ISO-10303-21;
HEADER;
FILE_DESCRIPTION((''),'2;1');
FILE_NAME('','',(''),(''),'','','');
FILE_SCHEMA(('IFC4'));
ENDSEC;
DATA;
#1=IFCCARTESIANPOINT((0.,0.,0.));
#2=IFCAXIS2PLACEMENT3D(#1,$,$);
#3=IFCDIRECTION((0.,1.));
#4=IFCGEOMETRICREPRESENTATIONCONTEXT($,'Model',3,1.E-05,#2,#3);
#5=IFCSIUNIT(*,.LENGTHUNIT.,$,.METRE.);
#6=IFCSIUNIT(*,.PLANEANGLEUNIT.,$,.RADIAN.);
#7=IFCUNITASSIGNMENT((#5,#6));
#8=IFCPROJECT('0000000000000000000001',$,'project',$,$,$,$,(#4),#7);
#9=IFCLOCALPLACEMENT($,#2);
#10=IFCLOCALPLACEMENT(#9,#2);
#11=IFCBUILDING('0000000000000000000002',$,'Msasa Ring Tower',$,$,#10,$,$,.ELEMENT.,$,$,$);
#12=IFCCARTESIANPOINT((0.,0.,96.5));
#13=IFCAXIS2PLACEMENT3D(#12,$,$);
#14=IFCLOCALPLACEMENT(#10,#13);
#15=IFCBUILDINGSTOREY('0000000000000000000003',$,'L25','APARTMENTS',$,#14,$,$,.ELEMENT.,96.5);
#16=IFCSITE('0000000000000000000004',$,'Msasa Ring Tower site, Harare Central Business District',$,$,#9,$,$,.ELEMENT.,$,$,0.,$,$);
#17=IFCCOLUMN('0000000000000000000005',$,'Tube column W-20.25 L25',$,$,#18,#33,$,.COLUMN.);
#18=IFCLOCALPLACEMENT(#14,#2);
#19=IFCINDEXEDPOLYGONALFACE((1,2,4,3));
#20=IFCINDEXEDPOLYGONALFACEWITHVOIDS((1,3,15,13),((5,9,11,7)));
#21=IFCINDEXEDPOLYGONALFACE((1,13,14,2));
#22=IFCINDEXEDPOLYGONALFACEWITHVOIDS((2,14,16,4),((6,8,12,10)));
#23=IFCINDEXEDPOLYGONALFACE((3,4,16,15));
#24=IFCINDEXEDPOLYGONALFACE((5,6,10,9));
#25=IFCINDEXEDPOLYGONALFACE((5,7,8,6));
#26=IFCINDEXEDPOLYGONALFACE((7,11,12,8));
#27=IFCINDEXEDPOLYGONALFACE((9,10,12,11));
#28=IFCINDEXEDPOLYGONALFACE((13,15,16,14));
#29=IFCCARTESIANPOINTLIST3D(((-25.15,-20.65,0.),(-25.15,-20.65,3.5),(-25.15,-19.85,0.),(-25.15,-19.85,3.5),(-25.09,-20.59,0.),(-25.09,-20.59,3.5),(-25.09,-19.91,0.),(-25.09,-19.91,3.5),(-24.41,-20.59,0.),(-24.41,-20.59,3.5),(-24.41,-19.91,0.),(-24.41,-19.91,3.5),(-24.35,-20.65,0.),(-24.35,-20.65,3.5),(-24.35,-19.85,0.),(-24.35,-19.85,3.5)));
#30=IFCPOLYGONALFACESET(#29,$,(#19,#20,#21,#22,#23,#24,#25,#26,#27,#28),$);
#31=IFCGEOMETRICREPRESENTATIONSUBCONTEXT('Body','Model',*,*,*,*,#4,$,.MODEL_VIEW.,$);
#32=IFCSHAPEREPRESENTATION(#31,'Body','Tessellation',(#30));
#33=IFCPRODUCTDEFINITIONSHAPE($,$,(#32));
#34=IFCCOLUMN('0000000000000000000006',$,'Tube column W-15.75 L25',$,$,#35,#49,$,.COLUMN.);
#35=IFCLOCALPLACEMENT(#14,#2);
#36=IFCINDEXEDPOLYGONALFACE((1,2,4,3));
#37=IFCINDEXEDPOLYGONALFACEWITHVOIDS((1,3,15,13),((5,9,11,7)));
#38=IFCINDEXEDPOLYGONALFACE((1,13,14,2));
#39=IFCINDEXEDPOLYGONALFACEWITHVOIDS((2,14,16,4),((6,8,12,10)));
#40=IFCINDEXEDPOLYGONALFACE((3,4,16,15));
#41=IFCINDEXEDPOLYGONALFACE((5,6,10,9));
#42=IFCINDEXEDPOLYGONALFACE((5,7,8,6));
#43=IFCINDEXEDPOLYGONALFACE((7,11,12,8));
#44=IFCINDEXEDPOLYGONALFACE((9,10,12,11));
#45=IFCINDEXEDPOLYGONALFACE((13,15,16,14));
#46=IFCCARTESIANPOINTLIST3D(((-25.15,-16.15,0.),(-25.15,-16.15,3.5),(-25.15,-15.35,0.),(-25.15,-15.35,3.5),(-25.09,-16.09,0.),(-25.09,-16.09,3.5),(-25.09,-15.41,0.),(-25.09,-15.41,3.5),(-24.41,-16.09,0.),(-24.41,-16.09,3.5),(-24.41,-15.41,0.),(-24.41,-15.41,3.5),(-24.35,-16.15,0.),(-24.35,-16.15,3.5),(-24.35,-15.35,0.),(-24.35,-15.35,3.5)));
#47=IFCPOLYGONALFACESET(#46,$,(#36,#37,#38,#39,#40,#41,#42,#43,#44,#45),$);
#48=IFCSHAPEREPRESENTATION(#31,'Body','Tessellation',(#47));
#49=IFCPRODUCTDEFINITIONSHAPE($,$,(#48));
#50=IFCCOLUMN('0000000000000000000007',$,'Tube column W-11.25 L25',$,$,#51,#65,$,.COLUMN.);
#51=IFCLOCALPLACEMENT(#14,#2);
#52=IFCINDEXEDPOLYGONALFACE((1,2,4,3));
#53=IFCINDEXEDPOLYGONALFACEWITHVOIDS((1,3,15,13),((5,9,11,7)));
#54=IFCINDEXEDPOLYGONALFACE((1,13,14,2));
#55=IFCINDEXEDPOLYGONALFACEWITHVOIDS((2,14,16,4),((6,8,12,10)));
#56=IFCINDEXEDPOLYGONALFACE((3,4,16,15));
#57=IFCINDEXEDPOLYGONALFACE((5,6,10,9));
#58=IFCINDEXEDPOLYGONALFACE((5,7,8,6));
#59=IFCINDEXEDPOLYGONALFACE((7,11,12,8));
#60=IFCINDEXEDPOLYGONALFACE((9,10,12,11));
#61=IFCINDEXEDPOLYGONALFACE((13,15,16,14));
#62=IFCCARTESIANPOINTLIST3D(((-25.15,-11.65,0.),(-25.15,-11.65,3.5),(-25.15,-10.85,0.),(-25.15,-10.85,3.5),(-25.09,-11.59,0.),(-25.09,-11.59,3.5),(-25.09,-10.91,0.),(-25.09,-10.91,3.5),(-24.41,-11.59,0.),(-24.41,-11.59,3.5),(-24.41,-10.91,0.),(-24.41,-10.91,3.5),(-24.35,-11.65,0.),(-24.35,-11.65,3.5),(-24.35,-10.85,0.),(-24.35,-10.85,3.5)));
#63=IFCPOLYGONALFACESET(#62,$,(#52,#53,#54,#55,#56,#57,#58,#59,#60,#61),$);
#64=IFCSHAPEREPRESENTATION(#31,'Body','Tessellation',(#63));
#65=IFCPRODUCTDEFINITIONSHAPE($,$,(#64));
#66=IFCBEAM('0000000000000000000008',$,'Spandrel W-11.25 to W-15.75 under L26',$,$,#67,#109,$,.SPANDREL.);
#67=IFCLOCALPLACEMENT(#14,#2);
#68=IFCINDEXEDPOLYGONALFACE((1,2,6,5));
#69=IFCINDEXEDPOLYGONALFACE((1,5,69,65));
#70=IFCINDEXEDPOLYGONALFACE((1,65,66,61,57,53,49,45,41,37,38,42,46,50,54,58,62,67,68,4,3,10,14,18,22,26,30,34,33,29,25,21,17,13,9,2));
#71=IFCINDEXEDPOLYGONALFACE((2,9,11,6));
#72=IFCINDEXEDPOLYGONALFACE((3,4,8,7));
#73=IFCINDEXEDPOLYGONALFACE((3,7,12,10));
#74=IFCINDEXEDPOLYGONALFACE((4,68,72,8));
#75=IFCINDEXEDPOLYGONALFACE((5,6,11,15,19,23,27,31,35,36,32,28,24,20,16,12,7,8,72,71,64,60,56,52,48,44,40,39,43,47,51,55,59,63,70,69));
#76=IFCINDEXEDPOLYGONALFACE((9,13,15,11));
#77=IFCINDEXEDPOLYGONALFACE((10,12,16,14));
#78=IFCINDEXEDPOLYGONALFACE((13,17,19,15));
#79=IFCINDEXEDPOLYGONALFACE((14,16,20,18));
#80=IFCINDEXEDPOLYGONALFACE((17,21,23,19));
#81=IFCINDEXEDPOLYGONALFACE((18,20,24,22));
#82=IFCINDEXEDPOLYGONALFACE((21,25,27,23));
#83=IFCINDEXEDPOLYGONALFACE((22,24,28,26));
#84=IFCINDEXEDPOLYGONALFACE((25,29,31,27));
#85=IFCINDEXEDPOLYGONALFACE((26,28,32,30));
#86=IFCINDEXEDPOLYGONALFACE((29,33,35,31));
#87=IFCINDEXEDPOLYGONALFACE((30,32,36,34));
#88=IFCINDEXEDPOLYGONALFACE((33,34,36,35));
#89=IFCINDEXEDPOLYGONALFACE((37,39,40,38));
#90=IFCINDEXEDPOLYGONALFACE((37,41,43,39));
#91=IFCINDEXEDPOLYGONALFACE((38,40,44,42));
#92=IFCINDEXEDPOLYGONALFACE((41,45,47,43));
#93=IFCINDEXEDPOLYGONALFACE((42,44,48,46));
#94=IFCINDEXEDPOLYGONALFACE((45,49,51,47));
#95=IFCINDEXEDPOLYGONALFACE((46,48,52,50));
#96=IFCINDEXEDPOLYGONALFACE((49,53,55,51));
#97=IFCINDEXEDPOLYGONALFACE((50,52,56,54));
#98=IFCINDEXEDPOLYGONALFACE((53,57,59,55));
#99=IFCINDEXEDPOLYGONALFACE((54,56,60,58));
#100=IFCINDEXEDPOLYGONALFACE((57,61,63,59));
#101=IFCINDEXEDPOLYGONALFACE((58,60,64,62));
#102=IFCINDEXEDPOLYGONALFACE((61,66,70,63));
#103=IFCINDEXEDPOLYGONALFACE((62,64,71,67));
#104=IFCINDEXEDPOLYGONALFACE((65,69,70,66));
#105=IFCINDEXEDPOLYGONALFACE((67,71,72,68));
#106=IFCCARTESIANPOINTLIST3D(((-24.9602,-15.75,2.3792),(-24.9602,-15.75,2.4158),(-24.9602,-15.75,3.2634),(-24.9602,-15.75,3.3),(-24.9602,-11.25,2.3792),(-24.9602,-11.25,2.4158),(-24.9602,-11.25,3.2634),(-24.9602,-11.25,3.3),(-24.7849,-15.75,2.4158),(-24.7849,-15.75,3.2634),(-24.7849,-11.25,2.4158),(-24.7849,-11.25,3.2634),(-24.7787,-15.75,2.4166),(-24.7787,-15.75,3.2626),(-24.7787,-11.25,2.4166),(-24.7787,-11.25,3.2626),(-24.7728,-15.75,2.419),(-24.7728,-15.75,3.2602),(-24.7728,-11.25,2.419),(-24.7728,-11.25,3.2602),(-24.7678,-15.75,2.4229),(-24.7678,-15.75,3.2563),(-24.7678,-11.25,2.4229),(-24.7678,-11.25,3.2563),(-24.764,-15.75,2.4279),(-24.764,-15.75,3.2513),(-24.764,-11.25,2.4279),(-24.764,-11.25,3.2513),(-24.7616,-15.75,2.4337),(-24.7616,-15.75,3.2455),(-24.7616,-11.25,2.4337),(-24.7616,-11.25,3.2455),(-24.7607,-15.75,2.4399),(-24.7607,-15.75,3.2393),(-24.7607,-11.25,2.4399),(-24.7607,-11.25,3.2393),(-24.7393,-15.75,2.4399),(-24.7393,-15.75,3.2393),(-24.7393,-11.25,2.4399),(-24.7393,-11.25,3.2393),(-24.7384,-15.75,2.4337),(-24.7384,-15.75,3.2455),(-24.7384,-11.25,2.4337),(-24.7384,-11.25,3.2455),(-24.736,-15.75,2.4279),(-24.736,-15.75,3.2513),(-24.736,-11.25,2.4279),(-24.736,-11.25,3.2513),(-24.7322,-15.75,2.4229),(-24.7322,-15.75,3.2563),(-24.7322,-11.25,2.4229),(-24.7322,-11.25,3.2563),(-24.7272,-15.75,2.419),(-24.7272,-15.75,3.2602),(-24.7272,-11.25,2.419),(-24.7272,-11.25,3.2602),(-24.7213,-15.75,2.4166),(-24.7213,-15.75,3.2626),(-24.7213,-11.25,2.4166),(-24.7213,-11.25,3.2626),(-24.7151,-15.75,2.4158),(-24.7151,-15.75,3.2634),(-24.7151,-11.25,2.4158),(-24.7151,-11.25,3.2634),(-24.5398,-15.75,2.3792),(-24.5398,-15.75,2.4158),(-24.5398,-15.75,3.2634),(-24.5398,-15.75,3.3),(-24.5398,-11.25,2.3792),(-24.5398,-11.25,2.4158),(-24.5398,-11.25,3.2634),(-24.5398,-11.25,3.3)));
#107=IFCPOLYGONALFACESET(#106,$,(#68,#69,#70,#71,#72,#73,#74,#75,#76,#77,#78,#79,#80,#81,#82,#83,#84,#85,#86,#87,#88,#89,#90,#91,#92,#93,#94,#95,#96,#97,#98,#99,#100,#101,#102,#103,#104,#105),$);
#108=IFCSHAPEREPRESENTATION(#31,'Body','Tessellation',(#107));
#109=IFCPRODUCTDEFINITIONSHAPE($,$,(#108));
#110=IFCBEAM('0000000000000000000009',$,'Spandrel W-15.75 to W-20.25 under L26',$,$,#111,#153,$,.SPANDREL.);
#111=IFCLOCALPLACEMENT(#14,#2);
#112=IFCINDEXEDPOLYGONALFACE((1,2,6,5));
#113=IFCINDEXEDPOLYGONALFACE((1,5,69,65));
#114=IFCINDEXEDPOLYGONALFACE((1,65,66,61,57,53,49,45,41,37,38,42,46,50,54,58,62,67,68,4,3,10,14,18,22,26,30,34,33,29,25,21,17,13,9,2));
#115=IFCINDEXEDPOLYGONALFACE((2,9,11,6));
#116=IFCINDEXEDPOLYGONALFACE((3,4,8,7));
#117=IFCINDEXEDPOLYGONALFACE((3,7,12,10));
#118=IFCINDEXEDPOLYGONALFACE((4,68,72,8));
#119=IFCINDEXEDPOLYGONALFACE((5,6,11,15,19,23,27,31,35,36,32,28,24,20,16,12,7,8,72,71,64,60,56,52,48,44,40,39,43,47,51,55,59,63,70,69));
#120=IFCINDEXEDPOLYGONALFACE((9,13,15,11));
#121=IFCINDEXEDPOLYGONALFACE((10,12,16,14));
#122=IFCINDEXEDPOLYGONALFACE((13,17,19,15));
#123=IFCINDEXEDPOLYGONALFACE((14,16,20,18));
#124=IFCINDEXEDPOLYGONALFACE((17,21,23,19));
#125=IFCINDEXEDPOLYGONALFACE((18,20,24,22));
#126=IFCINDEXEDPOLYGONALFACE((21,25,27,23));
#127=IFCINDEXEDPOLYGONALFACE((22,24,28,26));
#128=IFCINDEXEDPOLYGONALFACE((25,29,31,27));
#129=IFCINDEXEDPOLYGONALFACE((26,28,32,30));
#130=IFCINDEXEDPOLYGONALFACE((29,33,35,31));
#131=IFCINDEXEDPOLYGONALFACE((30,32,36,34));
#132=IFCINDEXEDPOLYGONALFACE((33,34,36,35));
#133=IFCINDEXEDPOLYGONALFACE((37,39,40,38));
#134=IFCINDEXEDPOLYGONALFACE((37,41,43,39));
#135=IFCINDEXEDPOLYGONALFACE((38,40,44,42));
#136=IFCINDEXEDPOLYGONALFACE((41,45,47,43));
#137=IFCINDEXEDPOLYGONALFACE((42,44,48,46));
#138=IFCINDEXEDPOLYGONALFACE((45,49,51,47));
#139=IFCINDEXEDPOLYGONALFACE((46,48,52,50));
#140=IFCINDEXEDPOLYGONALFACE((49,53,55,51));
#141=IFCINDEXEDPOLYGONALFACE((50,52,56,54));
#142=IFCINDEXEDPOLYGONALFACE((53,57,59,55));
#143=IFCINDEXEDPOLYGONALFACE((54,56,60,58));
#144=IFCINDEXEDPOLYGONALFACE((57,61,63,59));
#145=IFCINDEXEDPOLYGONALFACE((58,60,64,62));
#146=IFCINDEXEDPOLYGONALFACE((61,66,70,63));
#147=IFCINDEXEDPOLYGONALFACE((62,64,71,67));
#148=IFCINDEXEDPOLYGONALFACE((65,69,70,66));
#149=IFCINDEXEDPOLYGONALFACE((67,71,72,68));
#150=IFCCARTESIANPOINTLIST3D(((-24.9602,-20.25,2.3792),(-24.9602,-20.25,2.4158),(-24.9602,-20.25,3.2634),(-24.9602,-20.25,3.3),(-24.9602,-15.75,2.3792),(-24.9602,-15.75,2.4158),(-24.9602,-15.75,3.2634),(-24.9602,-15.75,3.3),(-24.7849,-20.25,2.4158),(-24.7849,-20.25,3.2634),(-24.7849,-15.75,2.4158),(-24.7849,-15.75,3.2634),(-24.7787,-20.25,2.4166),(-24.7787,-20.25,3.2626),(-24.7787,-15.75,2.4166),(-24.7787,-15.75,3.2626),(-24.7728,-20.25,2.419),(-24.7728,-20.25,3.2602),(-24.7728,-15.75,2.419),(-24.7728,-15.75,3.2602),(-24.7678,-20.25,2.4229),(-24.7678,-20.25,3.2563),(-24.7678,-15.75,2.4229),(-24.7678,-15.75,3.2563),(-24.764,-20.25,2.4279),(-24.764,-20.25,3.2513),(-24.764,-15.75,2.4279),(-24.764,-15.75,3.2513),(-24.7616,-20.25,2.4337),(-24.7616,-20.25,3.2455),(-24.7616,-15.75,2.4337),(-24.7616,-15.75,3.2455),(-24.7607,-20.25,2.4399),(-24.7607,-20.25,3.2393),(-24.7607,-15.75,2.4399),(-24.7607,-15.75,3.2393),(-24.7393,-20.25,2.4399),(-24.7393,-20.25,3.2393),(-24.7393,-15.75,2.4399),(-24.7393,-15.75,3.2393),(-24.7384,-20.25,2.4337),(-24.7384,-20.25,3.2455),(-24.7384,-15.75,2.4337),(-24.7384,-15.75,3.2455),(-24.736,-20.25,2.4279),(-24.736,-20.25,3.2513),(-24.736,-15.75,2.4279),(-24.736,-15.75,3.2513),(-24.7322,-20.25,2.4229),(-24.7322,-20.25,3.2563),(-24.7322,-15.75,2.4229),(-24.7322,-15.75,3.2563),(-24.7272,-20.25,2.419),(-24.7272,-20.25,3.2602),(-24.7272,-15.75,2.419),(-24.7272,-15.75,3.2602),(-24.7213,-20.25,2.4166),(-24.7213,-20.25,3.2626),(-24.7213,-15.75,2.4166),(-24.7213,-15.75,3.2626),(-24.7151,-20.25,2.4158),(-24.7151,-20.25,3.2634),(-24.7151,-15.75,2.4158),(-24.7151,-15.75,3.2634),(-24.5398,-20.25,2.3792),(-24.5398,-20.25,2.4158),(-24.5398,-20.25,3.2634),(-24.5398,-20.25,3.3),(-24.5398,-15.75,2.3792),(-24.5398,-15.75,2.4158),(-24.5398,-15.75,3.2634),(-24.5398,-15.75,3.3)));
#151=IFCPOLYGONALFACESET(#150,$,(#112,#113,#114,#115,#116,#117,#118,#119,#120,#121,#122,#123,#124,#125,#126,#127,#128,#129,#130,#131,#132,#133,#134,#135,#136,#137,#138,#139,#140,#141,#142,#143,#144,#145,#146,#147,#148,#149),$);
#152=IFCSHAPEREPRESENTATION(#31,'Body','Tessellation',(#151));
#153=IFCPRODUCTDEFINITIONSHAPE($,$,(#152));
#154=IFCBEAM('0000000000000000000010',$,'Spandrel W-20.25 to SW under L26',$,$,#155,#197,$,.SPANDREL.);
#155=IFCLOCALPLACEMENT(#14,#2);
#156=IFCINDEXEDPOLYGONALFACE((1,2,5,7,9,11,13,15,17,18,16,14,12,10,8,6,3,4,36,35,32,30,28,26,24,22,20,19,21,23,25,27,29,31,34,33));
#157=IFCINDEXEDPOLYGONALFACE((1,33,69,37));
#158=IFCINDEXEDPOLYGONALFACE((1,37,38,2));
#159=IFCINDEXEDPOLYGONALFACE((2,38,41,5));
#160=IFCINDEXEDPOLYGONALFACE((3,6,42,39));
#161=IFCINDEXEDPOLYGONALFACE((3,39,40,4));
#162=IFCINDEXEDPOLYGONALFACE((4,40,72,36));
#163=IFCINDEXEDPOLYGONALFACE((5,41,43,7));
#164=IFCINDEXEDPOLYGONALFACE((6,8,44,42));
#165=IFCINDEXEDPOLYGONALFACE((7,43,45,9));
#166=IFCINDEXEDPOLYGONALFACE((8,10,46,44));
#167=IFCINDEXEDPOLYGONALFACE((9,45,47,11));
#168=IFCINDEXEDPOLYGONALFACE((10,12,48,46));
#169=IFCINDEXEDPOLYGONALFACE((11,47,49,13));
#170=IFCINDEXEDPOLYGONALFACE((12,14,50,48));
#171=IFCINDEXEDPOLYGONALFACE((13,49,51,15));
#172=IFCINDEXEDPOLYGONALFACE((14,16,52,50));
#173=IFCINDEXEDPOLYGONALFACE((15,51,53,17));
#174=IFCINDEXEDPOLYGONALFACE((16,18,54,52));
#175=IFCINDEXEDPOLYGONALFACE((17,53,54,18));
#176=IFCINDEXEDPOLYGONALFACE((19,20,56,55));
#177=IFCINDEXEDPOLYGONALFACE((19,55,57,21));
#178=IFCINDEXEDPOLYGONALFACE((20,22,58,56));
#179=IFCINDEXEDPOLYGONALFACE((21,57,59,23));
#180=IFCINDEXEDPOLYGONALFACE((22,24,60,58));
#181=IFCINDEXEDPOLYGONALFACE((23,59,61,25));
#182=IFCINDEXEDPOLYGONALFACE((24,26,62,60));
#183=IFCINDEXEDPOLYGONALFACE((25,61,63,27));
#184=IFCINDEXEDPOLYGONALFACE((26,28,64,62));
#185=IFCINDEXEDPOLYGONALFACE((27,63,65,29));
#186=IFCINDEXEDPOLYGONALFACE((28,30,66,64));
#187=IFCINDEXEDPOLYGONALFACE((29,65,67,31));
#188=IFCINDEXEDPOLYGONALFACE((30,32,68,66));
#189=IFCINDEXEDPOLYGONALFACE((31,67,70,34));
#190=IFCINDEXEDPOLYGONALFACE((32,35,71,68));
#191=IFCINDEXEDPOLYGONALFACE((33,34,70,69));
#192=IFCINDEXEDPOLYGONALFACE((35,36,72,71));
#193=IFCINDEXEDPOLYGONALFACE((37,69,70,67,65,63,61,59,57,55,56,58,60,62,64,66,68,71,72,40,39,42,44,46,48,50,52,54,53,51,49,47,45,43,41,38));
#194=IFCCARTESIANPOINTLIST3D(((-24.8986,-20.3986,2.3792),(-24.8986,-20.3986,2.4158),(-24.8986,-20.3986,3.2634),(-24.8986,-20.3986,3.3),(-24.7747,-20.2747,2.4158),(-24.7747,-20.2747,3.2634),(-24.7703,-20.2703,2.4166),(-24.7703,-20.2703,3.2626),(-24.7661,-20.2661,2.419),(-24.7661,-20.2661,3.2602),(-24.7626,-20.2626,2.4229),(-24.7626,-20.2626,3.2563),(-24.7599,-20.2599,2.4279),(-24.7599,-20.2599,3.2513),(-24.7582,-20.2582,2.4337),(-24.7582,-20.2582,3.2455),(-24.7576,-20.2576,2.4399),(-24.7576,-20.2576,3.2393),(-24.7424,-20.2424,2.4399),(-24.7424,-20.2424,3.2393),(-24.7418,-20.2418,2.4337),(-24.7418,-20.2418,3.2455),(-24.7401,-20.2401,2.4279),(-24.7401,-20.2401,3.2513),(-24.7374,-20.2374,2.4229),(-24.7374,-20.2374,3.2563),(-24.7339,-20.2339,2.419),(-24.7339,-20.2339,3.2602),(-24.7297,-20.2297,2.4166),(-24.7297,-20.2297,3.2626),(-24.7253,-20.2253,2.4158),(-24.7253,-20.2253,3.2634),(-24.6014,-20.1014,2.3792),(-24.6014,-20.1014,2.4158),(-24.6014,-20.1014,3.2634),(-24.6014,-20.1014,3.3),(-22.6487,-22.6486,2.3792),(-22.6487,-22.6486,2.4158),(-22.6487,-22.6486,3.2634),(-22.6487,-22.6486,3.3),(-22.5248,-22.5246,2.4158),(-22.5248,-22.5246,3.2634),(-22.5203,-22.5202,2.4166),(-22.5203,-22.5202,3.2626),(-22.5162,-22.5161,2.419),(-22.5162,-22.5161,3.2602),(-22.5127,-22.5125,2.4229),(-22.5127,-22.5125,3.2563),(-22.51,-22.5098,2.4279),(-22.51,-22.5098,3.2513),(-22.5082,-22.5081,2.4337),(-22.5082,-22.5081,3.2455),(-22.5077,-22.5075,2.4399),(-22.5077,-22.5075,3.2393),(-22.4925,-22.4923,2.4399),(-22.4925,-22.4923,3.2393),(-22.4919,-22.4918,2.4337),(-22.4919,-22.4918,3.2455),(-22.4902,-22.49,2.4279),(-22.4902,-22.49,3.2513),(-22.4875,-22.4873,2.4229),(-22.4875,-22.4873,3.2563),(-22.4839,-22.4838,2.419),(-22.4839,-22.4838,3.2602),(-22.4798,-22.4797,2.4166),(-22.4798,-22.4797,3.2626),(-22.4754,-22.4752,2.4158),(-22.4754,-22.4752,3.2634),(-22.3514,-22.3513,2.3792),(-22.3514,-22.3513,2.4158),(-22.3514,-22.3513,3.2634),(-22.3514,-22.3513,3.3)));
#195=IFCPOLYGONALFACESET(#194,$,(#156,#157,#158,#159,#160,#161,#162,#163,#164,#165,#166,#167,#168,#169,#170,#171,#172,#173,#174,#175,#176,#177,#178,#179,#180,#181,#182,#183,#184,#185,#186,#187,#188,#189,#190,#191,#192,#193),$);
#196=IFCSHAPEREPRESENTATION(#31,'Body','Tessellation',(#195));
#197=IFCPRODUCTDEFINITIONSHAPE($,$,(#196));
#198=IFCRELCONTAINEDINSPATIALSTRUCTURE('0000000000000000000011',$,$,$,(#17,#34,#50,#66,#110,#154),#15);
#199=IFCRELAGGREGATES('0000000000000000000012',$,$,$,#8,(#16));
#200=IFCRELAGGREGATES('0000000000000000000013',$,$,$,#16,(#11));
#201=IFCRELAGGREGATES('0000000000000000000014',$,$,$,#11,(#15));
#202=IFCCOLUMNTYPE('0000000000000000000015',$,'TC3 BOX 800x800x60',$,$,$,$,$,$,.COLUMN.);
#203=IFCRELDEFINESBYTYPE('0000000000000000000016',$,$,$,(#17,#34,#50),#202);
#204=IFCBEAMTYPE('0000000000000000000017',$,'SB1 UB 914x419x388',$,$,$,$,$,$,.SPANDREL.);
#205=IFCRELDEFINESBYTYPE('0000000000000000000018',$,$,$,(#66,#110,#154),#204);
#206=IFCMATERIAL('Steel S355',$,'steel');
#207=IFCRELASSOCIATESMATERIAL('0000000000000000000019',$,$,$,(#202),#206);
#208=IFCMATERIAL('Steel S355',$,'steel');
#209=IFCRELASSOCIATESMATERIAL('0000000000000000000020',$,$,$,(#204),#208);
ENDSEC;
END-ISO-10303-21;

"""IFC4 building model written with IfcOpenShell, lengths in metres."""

from ifc_helpers import new_model, si_unit, direction, frame, origin, origin_2d, place, context, subcontext, project, spatial, hollow_rectangle, i_section, extrude, material, material_profile, profile_set, type_object, element, save


model = new_model("IFC4")

# Units and contexts
model_context = context("Model", 3, precision=1e-05, world=origin(), true_north=direction((0.0, 1.0)))
body_context = subcontext(model_context, "Body", "Model", "MODEL_VIEW")
ifc_project = project(units=[si_unit("LENGTHUNIT", "METRE"), si_unit("PLANEANGLEUNIT", "RADIAN")], contexts=[model_context])

# Site, building, storey
site_placement = place(None, origin())
site = spatial("IfcSite", under=ifc_project, at=site_placement, Name="Msasa Ring Tower site, Harare Central Business District", CompositionType="ELEMENT", RefElevation=0.0)
building_placement = place(site_placement, origin())
building = spatial("IfcBuilding", under=site, at=building_placement, Name="Msasa Ring Tower", CompositionType="ELEMENT")
storey_placement = place(building_placement, frame((0.0, 0.0, 96.5)))
storey = spatial("IfcBuildingStorey", under=building, at=storey_placement, Name="L25", Description="APARTMENTS", CompositionType="ELEMENT", Elevation=96.5)

# Columns
ifc_material_1 = material(Name="Steel S355", Category="steel")
ifc_material_profile_1 = material_profile(ifc_material_1, hollow_rectangle(XDim=0.8, YDim=0.8, WallThickness=0.0601, at=origin_2d()), Name="BOX 800x800x60")
ifc_profile_set_1 = profile_set([ifc_material_profile_1], Name="Steel S355")
column_type = type_object("IfcColumnType", Name="TC3 BOX 800x800x60", PredefinedType="COLUMN", material=ifc_profile_set_1)
for number, where, z_axis, x_axis, name in (
    (1, (-24.75, -20.25, 0.0), (0.0, 0.0, 1.0), (1.0, 0.0, 0.0), "Tube column W-20.25 L25"),
    (2, (-24.75, -15.75, 0.0), (0.0, 0.0, 1.0), (1.0, 0.0, 0.0), "Tube column W-15.75 L25"),
    (3, (-24.75, -11.25, 0.0), (0.0, 0.0, 1.0), (1.0, 0.0, 0.0), "Tube column W-11.25 L25"),
):
    element("IfcColumn", number, at=place(storey_placement, frame(where, z_axis=z_axis, x_axis=x_axis)), inside=storey, type_object=column_type, Name=name, PredefinedType="COLUMN", context=body_context, shape_type="SweptSolid", body=[
        extrude(hollow_rectangle(XDim=0.8, YDim=0.8, WallThickness=0.0601, at=origin_2d()), origin(), (0.0, 0.0, 1.0), 3.5),
    ])

# Beams
ifc_material_2 = material(Name="Steel S355", Category="steel")
ifc_material_profile_2 = material_profile(ifc_material_2, i_section(OverallWidth=0.4204, OverallDepth=0.9209, WebThickness=0.0215, FlangeThickness=0.0366, FilletRadius=0.0242, at=origin_2d()), Name="UB 914x419x388")
ifc_profile_set_2 = profile_set([ifc_material_profile_2], Name="Steel S355")
beam_type = type_object("IfcBeamType", Name="SB1 UB 914x419x388", PredefinedType="SPANDREL", material=ifc_profile_set_2)
for number, where, z_axis, x_axis, name in (
    (4, (-24.75, -11.25, 2.8396), (0.0, -1.0, 0.0), (1.0, 0.0, 0.0), "Spandrel W-11.25 to W-15.75 under L26"),
    (5, (-24.75, -15.75, 2.8396), (0.0, -1.0, 0.0), (1.0, 0.0, 0.0), "Spandrel W-15.75 to W-20.25 under L26"),
):
    element("IfcBeam", number, at=place(storey_placement, frame(where, z_axis=z_axis, x_axis=x_axis)), inside=storey, type_object=beam_type, Name=name, PredefinedType="SPANDREL", context=body_context, shape_type="SweptSolid", body=[
        extrude(i_section(OverallWidth=0.4204, OverallDepth=0.9209, WebThickness=0.0215, FlangeThickness=0.0366, FilletRadius=0.0242, at=origin_2d()), origin(), (0.0, 0.0, 1.0), 4.5),
    ])
beam_placement = place(storey_placement, frame((-24.75, -20.25, 2.8396), z_axis=(0.707107, -0.707107, 0.0), x_axis=(0.707107, 0.707107, 0.0)))
element("IfcBeam", 6, at=beam_placement, inside=storey, type_object=beam_type, Name="Spandrel W-20.25 to SW under L26", PredefinedType="SPANDREL", context=body_context, shape_type="SweptSolid", body=[
    extrude(i_section(OverallWidth=0.4204, OverallDepth=0.9209, WebThickness=0.0215, FlangeThickness=0.0366, FilletRadius=0.0242, at=origin_2d()), origin(), (0.0, 0.0, 1.0), 3.1819),
])

save(model, "model.ifc")
